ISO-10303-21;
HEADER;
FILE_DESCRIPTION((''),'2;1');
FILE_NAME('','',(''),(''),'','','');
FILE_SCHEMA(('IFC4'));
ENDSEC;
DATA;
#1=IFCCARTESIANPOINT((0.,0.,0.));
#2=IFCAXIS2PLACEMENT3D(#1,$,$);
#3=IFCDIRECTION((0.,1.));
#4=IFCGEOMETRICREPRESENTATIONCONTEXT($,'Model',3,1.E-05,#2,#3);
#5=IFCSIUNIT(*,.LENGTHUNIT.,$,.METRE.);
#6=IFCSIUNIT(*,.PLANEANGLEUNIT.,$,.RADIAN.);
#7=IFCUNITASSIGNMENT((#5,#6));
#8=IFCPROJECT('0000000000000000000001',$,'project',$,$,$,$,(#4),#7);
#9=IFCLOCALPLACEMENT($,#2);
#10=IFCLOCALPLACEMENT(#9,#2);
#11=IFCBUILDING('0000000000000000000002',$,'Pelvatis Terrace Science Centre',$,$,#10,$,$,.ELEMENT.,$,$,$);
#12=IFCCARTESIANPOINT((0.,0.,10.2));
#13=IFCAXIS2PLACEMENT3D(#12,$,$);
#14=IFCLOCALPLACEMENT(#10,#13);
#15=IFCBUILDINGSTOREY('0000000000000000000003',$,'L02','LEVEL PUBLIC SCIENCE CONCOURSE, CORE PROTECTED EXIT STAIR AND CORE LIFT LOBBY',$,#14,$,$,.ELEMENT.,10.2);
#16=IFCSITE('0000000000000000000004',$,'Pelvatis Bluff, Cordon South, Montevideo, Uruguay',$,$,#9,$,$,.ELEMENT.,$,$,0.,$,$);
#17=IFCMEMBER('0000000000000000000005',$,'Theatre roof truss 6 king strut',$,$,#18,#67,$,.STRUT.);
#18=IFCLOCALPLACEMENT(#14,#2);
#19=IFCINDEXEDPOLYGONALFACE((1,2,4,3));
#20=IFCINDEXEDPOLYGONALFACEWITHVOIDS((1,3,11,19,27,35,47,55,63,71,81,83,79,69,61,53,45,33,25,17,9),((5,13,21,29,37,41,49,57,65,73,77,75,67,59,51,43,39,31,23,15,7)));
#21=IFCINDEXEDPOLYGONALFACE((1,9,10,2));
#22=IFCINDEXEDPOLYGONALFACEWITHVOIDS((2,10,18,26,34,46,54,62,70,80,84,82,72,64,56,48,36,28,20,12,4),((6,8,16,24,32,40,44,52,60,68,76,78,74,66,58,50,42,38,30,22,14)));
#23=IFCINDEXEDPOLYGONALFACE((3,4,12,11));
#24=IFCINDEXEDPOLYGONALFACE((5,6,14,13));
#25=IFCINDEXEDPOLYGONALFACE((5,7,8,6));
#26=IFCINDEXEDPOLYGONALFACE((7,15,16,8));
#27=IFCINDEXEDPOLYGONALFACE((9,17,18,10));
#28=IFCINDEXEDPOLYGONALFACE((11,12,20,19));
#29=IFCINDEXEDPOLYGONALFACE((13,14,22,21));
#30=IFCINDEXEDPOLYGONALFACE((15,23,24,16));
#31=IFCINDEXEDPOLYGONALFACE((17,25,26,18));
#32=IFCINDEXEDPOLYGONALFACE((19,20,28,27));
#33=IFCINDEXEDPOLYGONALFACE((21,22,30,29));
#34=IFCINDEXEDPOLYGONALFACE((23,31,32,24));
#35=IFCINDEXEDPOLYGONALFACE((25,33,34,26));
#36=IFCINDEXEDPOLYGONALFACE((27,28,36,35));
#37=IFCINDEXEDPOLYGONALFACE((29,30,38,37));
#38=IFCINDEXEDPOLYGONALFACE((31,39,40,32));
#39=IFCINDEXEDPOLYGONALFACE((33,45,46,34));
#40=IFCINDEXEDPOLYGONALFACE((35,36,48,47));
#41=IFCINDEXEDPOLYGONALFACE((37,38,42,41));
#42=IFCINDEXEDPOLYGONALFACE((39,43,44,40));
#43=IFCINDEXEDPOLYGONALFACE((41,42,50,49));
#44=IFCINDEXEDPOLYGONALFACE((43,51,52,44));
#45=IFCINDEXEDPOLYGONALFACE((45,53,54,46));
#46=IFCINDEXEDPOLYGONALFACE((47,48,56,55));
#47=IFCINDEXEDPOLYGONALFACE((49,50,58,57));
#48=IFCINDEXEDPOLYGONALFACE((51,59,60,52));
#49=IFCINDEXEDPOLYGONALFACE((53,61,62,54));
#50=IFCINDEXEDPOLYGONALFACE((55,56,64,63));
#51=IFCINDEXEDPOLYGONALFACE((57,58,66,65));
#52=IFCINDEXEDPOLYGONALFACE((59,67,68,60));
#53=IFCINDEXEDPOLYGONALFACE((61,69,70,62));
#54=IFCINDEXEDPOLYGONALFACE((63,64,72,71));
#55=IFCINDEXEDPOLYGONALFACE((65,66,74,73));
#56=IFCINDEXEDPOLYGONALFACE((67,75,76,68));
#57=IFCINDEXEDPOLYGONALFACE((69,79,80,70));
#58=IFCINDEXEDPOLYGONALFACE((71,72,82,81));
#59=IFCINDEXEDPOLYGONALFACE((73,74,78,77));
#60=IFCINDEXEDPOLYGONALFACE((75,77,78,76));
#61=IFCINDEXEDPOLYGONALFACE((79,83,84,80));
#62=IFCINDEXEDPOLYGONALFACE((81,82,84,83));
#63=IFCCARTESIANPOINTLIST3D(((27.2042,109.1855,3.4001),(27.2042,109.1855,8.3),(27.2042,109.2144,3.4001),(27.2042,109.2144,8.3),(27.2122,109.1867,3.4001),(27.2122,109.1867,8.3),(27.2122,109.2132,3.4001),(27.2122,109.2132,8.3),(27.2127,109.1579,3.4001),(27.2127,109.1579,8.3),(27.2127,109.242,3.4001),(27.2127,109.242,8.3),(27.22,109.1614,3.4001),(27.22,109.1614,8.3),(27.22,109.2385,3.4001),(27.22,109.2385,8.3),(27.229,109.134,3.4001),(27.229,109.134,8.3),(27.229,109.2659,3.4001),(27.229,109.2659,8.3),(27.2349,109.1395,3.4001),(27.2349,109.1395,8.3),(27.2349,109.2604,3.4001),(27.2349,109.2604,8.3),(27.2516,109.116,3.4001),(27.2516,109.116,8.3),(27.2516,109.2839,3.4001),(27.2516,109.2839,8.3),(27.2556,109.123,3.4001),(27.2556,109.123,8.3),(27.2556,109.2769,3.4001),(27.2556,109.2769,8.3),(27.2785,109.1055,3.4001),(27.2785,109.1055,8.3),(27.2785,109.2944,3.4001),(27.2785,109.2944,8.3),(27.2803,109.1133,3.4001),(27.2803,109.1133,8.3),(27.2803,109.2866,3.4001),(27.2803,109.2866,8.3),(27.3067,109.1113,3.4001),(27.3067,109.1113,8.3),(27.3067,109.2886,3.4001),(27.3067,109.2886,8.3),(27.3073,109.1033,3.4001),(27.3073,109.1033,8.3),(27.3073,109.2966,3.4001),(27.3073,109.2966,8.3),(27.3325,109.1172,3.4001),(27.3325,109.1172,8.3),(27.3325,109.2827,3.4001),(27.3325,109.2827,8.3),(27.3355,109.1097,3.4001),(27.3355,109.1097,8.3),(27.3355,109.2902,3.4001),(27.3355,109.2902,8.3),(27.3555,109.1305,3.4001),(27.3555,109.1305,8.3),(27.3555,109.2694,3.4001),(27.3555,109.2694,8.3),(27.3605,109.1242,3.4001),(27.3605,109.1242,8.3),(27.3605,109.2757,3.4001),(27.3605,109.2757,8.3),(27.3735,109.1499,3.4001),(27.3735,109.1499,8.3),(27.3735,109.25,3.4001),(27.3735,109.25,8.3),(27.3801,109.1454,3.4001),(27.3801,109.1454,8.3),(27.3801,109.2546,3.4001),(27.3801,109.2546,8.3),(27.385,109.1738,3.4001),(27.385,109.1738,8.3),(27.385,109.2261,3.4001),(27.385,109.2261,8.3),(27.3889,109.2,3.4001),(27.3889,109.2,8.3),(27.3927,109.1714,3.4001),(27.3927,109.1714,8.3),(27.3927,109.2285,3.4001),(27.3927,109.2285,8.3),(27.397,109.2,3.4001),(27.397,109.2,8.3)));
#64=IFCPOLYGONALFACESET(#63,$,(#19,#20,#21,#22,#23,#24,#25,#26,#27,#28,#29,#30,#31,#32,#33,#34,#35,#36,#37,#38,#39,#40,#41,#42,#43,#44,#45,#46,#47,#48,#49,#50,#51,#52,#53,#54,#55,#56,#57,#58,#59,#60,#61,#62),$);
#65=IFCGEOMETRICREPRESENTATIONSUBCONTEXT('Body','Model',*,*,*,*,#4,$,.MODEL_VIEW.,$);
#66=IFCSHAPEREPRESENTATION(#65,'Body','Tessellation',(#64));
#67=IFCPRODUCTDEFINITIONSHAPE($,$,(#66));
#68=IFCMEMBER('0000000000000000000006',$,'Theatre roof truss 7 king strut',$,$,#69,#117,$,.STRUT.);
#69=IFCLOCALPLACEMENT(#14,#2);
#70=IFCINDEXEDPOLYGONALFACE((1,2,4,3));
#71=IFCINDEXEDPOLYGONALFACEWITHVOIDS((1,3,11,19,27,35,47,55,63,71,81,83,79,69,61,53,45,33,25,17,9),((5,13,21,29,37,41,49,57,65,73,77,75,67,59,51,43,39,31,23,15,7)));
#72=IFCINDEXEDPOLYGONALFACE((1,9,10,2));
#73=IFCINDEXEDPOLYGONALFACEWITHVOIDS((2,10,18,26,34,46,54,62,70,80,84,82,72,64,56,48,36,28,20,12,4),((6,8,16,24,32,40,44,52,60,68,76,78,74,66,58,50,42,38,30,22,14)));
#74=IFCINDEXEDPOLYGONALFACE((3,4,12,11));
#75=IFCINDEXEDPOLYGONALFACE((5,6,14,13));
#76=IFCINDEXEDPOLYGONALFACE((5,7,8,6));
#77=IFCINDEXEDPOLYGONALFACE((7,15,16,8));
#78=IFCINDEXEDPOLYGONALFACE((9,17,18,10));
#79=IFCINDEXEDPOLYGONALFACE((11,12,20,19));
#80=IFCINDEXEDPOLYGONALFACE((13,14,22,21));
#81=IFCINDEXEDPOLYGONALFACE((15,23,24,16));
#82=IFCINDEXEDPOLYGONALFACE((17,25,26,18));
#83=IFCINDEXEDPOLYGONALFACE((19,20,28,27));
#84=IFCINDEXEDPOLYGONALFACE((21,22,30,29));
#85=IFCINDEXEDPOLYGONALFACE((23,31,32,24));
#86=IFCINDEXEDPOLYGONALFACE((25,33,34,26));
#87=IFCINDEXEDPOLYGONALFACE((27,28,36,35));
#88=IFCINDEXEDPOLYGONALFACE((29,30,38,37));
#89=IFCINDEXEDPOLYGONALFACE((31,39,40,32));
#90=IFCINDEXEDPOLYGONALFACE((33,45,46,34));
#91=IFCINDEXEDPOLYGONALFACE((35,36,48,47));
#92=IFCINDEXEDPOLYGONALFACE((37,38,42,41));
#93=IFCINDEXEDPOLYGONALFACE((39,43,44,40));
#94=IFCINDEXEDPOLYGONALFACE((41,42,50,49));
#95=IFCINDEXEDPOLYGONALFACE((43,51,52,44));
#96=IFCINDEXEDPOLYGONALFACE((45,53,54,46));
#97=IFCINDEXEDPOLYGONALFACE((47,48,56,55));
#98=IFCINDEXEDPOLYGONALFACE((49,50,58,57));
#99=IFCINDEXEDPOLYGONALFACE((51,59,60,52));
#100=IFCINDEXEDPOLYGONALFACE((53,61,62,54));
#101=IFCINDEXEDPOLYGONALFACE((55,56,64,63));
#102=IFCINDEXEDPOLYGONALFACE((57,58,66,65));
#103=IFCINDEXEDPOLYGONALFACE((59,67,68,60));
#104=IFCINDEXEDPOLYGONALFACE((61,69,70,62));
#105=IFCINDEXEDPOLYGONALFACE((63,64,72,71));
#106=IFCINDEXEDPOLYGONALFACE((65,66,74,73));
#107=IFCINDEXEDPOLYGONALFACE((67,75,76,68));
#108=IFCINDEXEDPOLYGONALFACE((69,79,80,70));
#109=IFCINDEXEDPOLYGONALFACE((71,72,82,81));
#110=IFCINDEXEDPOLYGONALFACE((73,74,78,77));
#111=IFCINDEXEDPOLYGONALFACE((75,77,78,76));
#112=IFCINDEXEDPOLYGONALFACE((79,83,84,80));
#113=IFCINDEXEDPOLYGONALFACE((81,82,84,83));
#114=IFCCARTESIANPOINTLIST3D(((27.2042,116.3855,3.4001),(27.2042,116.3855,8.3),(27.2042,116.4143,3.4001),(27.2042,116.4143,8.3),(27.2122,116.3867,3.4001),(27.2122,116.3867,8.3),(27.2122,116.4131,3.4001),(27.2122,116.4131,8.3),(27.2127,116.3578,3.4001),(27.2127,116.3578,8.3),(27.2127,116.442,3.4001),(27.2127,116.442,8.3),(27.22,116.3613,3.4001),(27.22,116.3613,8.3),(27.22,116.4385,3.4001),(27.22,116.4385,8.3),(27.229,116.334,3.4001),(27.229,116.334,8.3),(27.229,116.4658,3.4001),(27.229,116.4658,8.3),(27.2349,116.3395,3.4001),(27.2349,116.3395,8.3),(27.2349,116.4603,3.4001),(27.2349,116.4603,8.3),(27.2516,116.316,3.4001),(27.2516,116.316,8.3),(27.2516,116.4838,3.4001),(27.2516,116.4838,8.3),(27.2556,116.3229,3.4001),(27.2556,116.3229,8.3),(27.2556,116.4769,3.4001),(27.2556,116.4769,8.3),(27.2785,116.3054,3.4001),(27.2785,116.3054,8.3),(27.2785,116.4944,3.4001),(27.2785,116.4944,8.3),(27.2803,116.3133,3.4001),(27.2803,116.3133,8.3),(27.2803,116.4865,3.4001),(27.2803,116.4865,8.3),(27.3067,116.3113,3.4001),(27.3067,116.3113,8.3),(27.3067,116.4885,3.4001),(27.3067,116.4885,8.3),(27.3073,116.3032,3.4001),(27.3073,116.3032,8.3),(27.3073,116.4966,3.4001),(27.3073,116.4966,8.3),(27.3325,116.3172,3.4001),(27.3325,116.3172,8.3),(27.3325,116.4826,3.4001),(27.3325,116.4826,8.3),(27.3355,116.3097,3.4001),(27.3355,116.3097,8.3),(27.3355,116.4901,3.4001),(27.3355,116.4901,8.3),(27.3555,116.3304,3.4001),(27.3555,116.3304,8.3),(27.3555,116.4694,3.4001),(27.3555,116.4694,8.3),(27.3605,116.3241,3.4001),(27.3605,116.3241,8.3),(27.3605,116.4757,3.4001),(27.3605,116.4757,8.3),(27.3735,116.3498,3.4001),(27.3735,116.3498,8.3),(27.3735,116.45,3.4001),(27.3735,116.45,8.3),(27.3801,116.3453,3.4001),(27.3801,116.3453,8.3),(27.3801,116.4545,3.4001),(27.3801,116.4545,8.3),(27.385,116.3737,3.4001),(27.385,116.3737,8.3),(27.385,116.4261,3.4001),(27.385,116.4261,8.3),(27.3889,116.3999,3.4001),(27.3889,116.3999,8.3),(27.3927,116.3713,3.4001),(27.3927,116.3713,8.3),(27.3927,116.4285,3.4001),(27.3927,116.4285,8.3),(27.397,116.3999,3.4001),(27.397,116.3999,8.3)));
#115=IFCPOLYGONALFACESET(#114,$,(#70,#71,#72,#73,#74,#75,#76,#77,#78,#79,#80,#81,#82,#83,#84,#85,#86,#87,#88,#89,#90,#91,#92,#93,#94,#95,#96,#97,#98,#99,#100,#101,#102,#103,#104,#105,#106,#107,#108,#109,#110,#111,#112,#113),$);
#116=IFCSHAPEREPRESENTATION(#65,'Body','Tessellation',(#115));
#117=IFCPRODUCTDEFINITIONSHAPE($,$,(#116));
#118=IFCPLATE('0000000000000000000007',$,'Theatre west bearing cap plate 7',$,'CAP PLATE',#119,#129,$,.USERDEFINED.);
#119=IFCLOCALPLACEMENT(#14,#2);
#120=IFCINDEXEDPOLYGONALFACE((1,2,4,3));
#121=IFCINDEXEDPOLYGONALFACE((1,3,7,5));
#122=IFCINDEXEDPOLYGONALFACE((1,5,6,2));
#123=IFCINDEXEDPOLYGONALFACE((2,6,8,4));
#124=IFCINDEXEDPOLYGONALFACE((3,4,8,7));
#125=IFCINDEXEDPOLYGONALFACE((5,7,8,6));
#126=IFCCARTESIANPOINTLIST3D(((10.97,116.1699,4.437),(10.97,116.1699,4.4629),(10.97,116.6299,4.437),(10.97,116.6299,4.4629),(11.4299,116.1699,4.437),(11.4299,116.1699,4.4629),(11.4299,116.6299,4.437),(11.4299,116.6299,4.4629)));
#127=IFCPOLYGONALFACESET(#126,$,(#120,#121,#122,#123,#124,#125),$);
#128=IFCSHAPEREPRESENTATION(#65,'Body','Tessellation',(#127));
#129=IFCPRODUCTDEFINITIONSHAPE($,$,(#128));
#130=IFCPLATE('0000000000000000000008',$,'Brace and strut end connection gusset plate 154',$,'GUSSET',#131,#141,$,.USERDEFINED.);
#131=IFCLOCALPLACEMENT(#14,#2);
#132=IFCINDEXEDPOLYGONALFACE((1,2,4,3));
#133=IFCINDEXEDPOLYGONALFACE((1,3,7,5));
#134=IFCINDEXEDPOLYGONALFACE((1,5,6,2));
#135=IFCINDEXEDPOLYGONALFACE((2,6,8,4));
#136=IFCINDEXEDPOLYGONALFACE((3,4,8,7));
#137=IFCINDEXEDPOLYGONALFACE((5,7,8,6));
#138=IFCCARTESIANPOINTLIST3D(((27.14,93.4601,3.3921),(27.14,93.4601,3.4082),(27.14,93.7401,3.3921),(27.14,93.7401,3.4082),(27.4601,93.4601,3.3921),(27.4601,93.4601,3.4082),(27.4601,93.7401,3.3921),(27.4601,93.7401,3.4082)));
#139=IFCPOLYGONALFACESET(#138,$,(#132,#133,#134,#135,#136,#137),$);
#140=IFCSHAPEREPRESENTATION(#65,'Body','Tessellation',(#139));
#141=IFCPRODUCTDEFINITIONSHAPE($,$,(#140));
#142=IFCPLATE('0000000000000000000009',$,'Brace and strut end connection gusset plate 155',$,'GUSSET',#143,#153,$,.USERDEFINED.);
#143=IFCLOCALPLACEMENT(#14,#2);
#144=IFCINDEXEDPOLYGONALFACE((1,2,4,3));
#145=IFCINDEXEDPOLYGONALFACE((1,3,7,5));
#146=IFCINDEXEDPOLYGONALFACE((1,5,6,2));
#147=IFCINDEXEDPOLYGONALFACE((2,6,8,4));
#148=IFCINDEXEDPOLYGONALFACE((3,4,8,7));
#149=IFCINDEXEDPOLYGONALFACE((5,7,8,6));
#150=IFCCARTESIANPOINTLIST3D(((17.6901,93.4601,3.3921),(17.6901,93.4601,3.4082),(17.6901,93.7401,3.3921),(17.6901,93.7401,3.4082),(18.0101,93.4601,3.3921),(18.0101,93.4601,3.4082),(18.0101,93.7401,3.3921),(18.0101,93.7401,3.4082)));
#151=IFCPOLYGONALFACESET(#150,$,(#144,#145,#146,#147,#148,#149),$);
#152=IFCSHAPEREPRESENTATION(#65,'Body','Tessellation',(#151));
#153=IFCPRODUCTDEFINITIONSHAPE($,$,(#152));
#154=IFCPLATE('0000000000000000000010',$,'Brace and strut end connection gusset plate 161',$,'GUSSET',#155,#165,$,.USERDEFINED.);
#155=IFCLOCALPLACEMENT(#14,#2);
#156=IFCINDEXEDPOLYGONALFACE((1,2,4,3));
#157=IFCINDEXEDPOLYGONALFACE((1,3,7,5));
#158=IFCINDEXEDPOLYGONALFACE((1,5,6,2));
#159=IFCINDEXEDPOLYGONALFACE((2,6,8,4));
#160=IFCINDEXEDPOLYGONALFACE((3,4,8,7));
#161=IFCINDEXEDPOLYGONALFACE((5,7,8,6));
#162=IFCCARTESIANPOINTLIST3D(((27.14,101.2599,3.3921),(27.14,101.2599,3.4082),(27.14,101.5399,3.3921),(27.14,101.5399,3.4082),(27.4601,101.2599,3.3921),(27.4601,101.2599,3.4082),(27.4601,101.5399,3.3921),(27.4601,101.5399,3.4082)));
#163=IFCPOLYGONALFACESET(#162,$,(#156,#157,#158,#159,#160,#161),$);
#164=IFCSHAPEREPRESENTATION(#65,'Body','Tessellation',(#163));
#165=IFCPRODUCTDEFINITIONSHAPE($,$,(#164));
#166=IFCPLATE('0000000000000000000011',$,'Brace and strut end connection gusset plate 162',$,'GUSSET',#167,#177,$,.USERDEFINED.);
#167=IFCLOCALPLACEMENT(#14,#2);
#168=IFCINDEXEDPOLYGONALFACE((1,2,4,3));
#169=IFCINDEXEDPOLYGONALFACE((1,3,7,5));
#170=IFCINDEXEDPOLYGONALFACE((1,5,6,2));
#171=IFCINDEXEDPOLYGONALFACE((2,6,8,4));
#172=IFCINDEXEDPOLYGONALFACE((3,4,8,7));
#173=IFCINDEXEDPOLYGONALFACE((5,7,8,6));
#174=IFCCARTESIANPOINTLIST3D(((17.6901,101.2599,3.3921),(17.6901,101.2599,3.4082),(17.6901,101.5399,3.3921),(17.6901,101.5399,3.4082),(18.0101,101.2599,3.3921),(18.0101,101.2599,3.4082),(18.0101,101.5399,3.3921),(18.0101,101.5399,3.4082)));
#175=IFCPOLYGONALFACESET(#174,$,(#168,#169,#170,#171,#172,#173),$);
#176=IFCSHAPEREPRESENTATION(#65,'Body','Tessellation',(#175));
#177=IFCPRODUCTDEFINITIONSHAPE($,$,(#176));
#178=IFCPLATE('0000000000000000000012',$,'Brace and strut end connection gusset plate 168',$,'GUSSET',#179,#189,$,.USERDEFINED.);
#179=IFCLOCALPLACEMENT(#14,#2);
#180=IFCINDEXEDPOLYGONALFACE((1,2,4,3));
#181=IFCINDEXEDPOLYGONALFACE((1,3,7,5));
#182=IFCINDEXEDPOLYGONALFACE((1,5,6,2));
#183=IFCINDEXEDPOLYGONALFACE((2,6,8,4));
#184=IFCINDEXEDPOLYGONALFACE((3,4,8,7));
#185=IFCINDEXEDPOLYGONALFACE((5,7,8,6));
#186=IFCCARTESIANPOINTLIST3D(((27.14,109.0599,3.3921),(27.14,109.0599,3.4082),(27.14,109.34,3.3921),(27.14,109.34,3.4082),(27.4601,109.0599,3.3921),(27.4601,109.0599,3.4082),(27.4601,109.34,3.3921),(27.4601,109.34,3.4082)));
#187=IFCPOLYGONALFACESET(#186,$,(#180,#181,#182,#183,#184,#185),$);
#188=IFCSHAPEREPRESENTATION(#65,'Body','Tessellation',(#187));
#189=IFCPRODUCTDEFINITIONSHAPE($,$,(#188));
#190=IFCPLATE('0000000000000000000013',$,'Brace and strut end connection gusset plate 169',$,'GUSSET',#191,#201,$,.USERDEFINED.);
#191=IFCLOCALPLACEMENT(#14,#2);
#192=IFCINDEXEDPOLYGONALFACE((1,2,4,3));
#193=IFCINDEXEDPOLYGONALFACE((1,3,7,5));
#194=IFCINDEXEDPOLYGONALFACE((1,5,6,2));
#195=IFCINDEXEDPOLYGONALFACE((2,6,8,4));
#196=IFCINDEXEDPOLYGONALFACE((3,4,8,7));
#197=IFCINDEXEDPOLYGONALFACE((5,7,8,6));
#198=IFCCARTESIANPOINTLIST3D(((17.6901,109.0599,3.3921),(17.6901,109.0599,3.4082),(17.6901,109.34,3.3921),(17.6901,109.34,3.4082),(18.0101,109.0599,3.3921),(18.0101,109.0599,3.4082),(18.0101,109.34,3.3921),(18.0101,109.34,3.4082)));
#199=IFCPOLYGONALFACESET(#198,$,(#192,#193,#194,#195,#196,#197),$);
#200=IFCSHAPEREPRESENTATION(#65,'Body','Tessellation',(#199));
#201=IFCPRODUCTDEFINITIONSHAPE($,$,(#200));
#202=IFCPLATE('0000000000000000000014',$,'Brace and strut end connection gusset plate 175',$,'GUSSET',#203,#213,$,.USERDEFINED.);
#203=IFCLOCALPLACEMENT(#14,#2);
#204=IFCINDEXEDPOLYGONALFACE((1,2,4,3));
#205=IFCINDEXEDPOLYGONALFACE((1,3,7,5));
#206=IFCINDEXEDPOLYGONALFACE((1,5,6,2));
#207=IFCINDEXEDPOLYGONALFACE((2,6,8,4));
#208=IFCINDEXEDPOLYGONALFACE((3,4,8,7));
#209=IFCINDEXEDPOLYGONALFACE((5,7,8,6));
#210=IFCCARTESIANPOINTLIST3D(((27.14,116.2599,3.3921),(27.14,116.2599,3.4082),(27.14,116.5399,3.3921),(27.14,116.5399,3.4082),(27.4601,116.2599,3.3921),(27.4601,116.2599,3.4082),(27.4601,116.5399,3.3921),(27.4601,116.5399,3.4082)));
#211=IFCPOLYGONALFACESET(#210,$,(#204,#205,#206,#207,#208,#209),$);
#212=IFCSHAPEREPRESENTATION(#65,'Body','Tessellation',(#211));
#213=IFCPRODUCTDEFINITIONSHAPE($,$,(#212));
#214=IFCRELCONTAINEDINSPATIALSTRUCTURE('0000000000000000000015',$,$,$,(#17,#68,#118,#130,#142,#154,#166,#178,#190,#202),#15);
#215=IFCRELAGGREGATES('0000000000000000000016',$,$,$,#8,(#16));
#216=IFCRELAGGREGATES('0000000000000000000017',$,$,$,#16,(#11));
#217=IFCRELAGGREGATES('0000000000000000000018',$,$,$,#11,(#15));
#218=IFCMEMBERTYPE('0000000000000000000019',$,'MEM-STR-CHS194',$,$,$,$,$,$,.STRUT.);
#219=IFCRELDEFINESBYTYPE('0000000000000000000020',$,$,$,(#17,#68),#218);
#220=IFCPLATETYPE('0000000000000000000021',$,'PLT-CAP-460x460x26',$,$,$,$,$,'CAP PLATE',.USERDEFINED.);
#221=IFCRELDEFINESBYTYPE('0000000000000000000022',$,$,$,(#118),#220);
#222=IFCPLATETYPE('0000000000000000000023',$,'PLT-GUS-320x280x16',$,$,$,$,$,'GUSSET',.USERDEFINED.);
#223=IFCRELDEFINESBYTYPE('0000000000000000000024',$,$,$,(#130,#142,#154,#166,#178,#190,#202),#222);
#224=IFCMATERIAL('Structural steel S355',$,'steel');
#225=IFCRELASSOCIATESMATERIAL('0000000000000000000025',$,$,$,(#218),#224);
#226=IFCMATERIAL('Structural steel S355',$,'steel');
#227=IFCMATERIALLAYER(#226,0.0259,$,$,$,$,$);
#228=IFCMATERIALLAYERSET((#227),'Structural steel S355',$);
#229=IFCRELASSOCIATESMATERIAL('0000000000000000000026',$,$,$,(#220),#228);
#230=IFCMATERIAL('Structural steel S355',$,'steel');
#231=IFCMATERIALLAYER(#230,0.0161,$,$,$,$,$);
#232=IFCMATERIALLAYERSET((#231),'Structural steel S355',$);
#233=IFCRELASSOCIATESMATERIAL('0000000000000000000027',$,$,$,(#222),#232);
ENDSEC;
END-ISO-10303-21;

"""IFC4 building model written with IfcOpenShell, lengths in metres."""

from ifc_helpers import new_model, si_unit, direction, frame, origin, origin_2d, place, context, subcontext, project, spatial, rectangle, hollow_circle, extrude, material, layer, layer_set, material_profile, profile_set, type_object, element, save


model = new_model("IFC4")

# Units and contexts
model_context = context("Model", 3, precision=1e-05, world=origin(), true_north=direction((0.0, 1.0)))
body_context = subcontext(model_context, "Body", "Model", "MODEL_VIEW")
ifc_project = project(units=[si_unit("LENGTHUNIT", "METRE"), si_unit("PLANEANGLEUNIT", "RADIAN")], contexts=[model_context])

# Site, building, storey
site_placement = place(None, origin())
site = spatial("IfcSite", under=ifc_project, at=site_placement, Name="Pelvatis Bluff, Cordon South, Montevideo, Uruguay", CompositionType="ELEMENT", RefElevation=0.0)
building_placement = place(site_placement, origin())
building = spatial("IfcBuilding", under=site, at=building_placement, Name="Pelvatis Terrace Science Centre", CompositionType="ELEMENT")
storey_placement = place(building_placement, frame((0.0, 0.0, 10.2)))
storey = spatial("IfcBuildingStorey", under=building, at=storey_placement, Name="L02", Description="LEVEL PUBLIC SCIENCE CONCOURSE, CORE PROTECTED EXIT STAIR AND CORE LIFT LOBBY", CompositionType="ELEMENT", Elevation=10.2)

# Members
ifc_material_1 = material(Name="Structural steel S355", Category="steel")
ifc_material_profile_1 = material_profile(ifc_material_1, hollow_circle(Radius=0.0969, WallThickness=0.0081, at=origin_2d()), Name="CHS 193.7x8.0")
ifc_profile_set_1 = profile_set([ifc_material_profile_1], Name="Structural steel S355")
member_type_1 = type_object("IfcMemberType", Name="MEM-STR-CHS194", PredefinedType="STRUT", material=ifc_profile_set_1)
for number, where, z_axis, x_axis, name in (
    (1, (27.3, 109.2, 3.4001), (0.0, 0.0, 1.0), (1.0, 0.0, 0.0), "Theatre roof truss 6 king strut"),
    (2, (27.3, 116.3999, 3.4001), (0.0, 0.0, 1.0), (1.0, 0.0, 0.0), "Theatre roof truss 7 king strut"),
):
    element("IfcMember", number, at=place(storey_placement, frame(where, z_axis=z_axis, x_axis=x_axis)), inside=storey, type_object=member_type_1, Name=name, PredefinedType="STRUT", context=body_context, shape_type="SweptSolid", body=[
        extrude(hollow_circle(Radius=0.0969, WallThickness=0.0081, at=origin_2d()), origin(), (0.0, 0.0, 1.0), 4.8999),
    ])

# Plates
ifc_material_2 = material(Name="Structural steel S355", Category="steel")
ifc_layer_1 = layer(ifc_material_2, 0.0259)
ifc_layer_set_1 = layer_set([ifc_layer_1], Name="Structural steel S355")
plate_type_1 = type_object("IfcPlateType", Name="PLT-CAP-460x460x26", ElementType="CAP PLATE", PredefinedType="USERDEFINED", material=ifc_layer_set_1)
plate_placement = place(storey_placement, frame((11.2, 116.3999, 4.437), z_axis=(0.0, 0.0, 1.0), x_axis=(1.0, 0.0, 0.0)))
element("IfcPlate", 3, at=plate_placement, inside=storey, type_object=plate_type_1, Name="Theatre west bearing cap plate 7", ObjectType="CAP PLATE", PredefinedType="USERDEFINED", context=body_context, shape_type="SweptSolid", body=[
    extrude(rectangle(XDim=0.46, YDim=0.46, at=origin_2d()), origin(), (0.0, 0.0, 1.0), 0.0259),
])
ifc_material_3 = material(Name="Structural steel S355", Category="steel")
ifc_layer_2 = layer(ifc_material_3, 0.0161)
ifc_layer_set_2 = layer_set([ifc_layer_2], Name="Structural steel S355")
plate_type_2 = type_object("IfcPlateType", Name="PLT-GUS-320x280x16", ElementType="GUSSET", PredefinedType="USERDEFINED", material=ifc_layer_set_2)
for number, where, z_axis, x_axis, name in (
    (4, (27.3, 93.6001, 3.3921), (0.0, 0.0, 1.0), (1.0, 0.0, 0.0), "Brace and strut end connection gusset plate 154"),
    (5, (17.8501, 93.6001, 3.3921), (0.0, 0.0, 1.0), (1.0, 0.0, 0.0), "Brace and strut end connection gusset plate 155"),
    (6, (27.3, 101.3999, 3.3921), (0.0, 0.0, 1.0), (1.0, 0.0, 0.0), "Brace and strut end connection gusset plate 161"),
    (7, (17.8501, 101.3999, 3.3921), (0.0, 0.0, 1.0), (1.0, 0.0, 0.0), "Brace and strut end connection gusset plate 162"),
    (8, (27.3, 109.2, 3.3921), (0.0, 0.0, 1.0), (1.0, 0.0, 0.0), "Brace and strut end connection gusset plate 168"),
    (9, (17.8501, 109.2, 3.3921), (0.0, 0.0, 1.0), (1.0, 0.0, 0.0), "Brace and strut end connection gusset plate 169"),
    (10, (27.3, 116.3999, 3.3921), (0.0, 0.0, 1.0), (1.0, 0.0, 0.0), "Brace and strut end connection gusset plate 175"),
):
    element("IfcPlate", number, at=place(storey_placement, frame(where, z_axis=z_axis, x_axis=x_axis)), inside=storey, type_object=plate_type_2, Name=name, ObjectType="GUSSET", PredefinedType="USERDEFINED", context=body_context, shape_type="SweptSolid", body=[
        extrude(rectangle(XDim=0.3201, YDim=0.28, at=origin_2d()), origin(), (0.0, 0.0, 1.0), 0.0161),
    ])

save(model, "model.ifc")
